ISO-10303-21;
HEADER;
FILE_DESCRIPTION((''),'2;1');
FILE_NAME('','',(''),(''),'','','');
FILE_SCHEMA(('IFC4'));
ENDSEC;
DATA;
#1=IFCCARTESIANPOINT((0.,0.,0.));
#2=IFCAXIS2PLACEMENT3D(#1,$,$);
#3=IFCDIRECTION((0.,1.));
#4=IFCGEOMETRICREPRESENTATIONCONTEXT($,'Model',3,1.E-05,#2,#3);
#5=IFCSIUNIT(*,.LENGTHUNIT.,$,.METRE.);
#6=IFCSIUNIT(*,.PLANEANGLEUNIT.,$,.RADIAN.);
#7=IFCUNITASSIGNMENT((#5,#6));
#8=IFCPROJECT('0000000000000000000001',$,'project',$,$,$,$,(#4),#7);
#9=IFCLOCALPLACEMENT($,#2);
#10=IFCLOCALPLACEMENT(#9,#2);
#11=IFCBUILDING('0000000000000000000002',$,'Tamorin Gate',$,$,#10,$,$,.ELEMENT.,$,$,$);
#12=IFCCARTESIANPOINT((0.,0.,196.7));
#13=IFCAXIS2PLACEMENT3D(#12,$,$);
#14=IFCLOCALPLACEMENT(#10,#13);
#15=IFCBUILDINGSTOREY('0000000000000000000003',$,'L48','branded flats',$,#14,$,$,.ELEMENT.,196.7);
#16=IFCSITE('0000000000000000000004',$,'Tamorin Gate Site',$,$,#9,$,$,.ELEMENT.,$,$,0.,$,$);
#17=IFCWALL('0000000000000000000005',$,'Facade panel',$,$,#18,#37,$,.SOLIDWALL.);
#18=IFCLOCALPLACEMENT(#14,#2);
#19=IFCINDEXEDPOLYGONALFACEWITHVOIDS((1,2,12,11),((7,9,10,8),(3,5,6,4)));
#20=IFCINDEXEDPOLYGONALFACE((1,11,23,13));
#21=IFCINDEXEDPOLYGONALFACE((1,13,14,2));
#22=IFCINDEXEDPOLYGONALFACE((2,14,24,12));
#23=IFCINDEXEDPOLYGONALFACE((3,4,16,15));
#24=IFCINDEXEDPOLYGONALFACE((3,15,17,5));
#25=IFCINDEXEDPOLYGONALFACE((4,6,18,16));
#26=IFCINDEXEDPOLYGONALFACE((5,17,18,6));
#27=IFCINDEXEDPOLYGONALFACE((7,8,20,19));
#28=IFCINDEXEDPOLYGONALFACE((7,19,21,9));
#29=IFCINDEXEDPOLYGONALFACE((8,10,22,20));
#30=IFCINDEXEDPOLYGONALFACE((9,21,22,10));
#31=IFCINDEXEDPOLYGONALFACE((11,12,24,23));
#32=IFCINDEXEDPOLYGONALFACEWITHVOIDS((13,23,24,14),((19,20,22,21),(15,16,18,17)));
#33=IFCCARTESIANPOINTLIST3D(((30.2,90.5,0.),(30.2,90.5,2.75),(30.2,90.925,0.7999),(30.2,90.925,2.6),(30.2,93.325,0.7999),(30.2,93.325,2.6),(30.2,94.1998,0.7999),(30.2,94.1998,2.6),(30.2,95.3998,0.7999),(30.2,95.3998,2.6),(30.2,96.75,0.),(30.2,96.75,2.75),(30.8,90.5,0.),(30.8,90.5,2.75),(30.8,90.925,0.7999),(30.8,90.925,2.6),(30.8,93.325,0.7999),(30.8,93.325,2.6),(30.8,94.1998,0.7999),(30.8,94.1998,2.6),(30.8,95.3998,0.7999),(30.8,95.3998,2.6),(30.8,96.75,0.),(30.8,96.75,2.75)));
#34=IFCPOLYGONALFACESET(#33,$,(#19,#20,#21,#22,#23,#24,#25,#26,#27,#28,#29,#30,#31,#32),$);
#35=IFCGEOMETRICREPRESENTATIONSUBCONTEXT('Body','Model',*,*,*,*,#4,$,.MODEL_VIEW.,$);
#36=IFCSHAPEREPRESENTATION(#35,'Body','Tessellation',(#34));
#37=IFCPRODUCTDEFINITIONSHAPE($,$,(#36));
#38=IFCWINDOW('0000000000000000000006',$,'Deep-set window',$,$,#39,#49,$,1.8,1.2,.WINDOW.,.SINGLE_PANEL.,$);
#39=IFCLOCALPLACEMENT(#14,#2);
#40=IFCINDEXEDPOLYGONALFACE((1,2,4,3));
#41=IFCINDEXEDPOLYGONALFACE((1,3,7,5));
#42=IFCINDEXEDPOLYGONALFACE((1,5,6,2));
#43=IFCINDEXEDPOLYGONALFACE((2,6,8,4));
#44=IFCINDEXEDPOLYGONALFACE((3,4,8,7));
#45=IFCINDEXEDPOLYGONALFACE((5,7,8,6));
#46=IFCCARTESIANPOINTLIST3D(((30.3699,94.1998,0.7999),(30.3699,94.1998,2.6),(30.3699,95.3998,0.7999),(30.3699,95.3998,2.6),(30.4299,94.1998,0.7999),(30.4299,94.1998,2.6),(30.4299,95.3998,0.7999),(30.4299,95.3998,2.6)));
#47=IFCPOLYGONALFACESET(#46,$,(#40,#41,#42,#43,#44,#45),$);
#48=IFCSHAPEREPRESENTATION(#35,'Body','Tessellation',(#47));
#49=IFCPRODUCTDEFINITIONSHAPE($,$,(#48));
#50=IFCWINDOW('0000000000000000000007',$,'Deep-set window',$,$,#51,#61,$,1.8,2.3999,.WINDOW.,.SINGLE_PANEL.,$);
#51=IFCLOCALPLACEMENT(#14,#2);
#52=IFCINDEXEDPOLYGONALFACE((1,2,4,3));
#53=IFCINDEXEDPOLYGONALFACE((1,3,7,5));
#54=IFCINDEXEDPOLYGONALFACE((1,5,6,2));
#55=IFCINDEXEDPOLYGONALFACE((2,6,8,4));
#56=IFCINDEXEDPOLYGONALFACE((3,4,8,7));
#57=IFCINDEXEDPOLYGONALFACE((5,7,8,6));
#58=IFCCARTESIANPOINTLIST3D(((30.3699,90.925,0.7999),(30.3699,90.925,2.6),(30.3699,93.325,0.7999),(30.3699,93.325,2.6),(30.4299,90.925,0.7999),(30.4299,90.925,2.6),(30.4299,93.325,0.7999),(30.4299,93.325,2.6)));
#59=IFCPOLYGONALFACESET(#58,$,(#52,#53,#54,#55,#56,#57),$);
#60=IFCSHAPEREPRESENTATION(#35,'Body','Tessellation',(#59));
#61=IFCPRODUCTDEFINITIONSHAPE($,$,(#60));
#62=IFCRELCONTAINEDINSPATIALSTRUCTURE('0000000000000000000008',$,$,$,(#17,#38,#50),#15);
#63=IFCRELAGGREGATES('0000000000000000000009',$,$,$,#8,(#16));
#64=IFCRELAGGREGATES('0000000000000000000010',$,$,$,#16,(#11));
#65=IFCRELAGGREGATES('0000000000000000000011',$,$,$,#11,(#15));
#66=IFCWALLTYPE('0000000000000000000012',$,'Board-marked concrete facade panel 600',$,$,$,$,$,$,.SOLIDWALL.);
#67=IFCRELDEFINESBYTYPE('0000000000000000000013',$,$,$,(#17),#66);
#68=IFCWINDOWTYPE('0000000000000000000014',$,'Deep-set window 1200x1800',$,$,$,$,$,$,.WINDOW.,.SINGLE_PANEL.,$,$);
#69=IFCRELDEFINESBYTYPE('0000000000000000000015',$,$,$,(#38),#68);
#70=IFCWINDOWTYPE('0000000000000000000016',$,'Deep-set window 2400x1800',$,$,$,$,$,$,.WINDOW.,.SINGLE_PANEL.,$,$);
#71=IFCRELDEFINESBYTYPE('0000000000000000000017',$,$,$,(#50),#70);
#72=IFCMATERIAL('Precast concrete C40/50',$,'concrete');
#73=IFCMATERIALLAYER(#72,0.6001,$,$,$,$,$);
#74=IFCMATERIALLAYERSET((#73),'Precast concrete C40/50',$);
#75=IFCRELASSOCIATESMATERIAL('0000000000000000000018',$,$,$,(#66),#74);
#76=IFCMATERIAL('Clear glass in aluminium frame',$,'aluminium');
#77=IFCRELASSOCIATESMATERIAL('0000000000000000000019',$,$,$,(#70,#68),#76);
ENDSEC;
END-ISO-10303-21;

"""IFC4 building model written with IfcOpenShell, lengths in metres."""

from ifc_helpers import new_model, si_unit, direction, frame, frame_2d, origin, place, context, subcontext, project, spatial, rectangle, extrude, material, layer, layer_set, type_object, element, fill, save


model = new_model("IFC4")

# Units and contexts
model_context = context("Model", 3, precision=1e-05, world=origin(), true_north=direction((0.0, 1.0)))
body_context = subcontext(model_context, "Body", "Model", "MODEL_VIEW")
ifc_project = project(units=[si_unit("LENGTHUNIT", "METRE"), si_unit("PLANEANGLEUNIT", "RADIAN")], contexts=[model_context])

# Site, building, storey
site_placement = place(None, origin())
site = spatial("IfcSite", under=ifc_project, at=site_placement, Name="Tamorin Gate Site", CompositionType="ELEMENT", RefElevation=0.0)
building_placement = place(site_placement, origin())
building = spatial("IfcBuilding", under=site, at=building_placement, Name="Tamorin Gate", CompositionType="ELEMENT")
storey_placement = place(building_placement, frame((0.0, 0.0, 196.7)))
storey = spatial("IfcBuildingStorey", under=building, at=storey_placement, Name="L48", Description="branded flats", CompositionType="ELEMENT", Elevation=196.7)

# Shared definitions
ifc_material_1 = material(Name="Precast concrete C40/50", Category="concrete")
ifc_layer = layer(ifc_material_1, 0.6001)
ifc_layer_set = layer_set([ifc_layer], Name="Precast concrete C40/50")
wall_type = type_object("IfcWallType", Name="Board-marked concrete facade panel 600", PredefinedType="SOLIDWALL", material=ifc_layer_set)

# Shared definitions
ifc_material_2 = material(Name="Clear glass in aluminium frame", Category="aluminium")
window_type_1 = type_object("IfcWindowType", Name="Deep-set window 2400x1800", PartitioningType="SINGLE_PANEL", PredefinedType="WINDOW", material=ifc_material_2)

# Wall, openings, windows
wall_1_placement = place(storey_placement, frame((30.5, 96.75, 0.0), z_axis=(0.0, 0.0, 1.0), x_axis=(0.0, -1.0, 0.0)))
wall_1 = element("IfcWall", 1, at=wall_1_placement, inside=storey, type_object=wall_type, Name="Facade panel", PredefinedType="SOLIDWALL", context=body_context, shape_type="SweptSolid", body=[
    extrude(rectangle(XDim=6.25, YDim=0.6001, at=frame_2d((3.125, 0.0))), origin(), (0.0, 0.0, 1.0), 2.75),
])
opening_1_placement = place(wall_1_placement, frame((3.425, 0.0, 0.8)))
opening_1 = element("IfcOpeningElement", 2, at=opening_1_placement, cuts=wall_1, PredefinedType="OPENING", context=body_context, shape_type="SweptSolid", body=[
    extrude(rectangle(XDim=2.3999, YDim=1.8, at=frame_2d((1.2, 0.8999))), frame((0.0, 0.3101, 0.0), z_axis=(0.0, -1.0, 0.0), x_axis=(1.0, 0.0, 0.0)), (0.0, 0.0, 1.0), 0.6201),
])
opening_2_placement = place(wall_1_placement, frame((1.3501, 0.0, 0.8)))
opening_2 = element("IfcOpeningElement", 3, at=opening_2_placement, cuts=wall_1, PredefinedType="OPENING", context=body_context, shape_type="SweptSolid", body=[
    extrude(rectangle(XDim=1.2, YDim=1.8, at=frame_2d((0.6001, 0.8999))), frame((0.0, 0.3101, 0.0), z_axis=(0.0, -1.0, 0.0), x_axis=(1.0, 0.0, 0.0)), (0.0, 0.0, 1.0), 0.6201),
])
window_type_2 = type_object("IfcWindowType", Name="Deep-set window 1200x1800", PartitioningType="SINGLE_PANEL", PredefinedType="WINDOW", material=ifc_material_2)
window_1_placement = place(opening_2_placement, origin())
window_1 = element("IfcWindow", 4, at=window_1_placement, inside=storey, type_object=window_type_2, Name="Deep-set window", OverallHeight=1.8, OverallWidth=1.2, PartitioningType="SINGLE_PANEL", PredefinedType="WINDOW", context=body_context, shape_type="SweptSolid", body=[
    extrude(rectangle(XDim=1.2, YDim=1.8, at=frame_2d((0.6001, 0.8999))), frame((0.0, -0.0701, 0.0), z_axis=(0.0, -1.0, 0.0), x_axis=(1.0, 0.0, 0.0)), (0.0, 0.0, 1.0), 0.0601),
])
fill(opening_2, window_1)
window_2_placement = place(opening_1_placement, origin())
window_2 = element("IfcWindow", 5, at=window_2_placement, inside=storey, type_object=window_type_1, Name="Deep-set window", OverallHeight=1.8, OverallWidth=2.3999, PartitioningType="SINGLE_PANEL", PredefinedType="WINDOW", context=body_context, shape_type="SweptSolid", body=[
    extrude(rectangle(XDim=2.3999, YDim=1.8, at=frame_2d((1.2, 0.8999))), frame((0.0, -0.0701, 0.0), z_axis=(0.0, -1.0, 0.0), x_axis=(1.0, 0.0, 0.0)), (0.0, 0.0, 1.0), 0.0601),
])
fill(opening_1, window_2)

save(model, "model.ifc")
